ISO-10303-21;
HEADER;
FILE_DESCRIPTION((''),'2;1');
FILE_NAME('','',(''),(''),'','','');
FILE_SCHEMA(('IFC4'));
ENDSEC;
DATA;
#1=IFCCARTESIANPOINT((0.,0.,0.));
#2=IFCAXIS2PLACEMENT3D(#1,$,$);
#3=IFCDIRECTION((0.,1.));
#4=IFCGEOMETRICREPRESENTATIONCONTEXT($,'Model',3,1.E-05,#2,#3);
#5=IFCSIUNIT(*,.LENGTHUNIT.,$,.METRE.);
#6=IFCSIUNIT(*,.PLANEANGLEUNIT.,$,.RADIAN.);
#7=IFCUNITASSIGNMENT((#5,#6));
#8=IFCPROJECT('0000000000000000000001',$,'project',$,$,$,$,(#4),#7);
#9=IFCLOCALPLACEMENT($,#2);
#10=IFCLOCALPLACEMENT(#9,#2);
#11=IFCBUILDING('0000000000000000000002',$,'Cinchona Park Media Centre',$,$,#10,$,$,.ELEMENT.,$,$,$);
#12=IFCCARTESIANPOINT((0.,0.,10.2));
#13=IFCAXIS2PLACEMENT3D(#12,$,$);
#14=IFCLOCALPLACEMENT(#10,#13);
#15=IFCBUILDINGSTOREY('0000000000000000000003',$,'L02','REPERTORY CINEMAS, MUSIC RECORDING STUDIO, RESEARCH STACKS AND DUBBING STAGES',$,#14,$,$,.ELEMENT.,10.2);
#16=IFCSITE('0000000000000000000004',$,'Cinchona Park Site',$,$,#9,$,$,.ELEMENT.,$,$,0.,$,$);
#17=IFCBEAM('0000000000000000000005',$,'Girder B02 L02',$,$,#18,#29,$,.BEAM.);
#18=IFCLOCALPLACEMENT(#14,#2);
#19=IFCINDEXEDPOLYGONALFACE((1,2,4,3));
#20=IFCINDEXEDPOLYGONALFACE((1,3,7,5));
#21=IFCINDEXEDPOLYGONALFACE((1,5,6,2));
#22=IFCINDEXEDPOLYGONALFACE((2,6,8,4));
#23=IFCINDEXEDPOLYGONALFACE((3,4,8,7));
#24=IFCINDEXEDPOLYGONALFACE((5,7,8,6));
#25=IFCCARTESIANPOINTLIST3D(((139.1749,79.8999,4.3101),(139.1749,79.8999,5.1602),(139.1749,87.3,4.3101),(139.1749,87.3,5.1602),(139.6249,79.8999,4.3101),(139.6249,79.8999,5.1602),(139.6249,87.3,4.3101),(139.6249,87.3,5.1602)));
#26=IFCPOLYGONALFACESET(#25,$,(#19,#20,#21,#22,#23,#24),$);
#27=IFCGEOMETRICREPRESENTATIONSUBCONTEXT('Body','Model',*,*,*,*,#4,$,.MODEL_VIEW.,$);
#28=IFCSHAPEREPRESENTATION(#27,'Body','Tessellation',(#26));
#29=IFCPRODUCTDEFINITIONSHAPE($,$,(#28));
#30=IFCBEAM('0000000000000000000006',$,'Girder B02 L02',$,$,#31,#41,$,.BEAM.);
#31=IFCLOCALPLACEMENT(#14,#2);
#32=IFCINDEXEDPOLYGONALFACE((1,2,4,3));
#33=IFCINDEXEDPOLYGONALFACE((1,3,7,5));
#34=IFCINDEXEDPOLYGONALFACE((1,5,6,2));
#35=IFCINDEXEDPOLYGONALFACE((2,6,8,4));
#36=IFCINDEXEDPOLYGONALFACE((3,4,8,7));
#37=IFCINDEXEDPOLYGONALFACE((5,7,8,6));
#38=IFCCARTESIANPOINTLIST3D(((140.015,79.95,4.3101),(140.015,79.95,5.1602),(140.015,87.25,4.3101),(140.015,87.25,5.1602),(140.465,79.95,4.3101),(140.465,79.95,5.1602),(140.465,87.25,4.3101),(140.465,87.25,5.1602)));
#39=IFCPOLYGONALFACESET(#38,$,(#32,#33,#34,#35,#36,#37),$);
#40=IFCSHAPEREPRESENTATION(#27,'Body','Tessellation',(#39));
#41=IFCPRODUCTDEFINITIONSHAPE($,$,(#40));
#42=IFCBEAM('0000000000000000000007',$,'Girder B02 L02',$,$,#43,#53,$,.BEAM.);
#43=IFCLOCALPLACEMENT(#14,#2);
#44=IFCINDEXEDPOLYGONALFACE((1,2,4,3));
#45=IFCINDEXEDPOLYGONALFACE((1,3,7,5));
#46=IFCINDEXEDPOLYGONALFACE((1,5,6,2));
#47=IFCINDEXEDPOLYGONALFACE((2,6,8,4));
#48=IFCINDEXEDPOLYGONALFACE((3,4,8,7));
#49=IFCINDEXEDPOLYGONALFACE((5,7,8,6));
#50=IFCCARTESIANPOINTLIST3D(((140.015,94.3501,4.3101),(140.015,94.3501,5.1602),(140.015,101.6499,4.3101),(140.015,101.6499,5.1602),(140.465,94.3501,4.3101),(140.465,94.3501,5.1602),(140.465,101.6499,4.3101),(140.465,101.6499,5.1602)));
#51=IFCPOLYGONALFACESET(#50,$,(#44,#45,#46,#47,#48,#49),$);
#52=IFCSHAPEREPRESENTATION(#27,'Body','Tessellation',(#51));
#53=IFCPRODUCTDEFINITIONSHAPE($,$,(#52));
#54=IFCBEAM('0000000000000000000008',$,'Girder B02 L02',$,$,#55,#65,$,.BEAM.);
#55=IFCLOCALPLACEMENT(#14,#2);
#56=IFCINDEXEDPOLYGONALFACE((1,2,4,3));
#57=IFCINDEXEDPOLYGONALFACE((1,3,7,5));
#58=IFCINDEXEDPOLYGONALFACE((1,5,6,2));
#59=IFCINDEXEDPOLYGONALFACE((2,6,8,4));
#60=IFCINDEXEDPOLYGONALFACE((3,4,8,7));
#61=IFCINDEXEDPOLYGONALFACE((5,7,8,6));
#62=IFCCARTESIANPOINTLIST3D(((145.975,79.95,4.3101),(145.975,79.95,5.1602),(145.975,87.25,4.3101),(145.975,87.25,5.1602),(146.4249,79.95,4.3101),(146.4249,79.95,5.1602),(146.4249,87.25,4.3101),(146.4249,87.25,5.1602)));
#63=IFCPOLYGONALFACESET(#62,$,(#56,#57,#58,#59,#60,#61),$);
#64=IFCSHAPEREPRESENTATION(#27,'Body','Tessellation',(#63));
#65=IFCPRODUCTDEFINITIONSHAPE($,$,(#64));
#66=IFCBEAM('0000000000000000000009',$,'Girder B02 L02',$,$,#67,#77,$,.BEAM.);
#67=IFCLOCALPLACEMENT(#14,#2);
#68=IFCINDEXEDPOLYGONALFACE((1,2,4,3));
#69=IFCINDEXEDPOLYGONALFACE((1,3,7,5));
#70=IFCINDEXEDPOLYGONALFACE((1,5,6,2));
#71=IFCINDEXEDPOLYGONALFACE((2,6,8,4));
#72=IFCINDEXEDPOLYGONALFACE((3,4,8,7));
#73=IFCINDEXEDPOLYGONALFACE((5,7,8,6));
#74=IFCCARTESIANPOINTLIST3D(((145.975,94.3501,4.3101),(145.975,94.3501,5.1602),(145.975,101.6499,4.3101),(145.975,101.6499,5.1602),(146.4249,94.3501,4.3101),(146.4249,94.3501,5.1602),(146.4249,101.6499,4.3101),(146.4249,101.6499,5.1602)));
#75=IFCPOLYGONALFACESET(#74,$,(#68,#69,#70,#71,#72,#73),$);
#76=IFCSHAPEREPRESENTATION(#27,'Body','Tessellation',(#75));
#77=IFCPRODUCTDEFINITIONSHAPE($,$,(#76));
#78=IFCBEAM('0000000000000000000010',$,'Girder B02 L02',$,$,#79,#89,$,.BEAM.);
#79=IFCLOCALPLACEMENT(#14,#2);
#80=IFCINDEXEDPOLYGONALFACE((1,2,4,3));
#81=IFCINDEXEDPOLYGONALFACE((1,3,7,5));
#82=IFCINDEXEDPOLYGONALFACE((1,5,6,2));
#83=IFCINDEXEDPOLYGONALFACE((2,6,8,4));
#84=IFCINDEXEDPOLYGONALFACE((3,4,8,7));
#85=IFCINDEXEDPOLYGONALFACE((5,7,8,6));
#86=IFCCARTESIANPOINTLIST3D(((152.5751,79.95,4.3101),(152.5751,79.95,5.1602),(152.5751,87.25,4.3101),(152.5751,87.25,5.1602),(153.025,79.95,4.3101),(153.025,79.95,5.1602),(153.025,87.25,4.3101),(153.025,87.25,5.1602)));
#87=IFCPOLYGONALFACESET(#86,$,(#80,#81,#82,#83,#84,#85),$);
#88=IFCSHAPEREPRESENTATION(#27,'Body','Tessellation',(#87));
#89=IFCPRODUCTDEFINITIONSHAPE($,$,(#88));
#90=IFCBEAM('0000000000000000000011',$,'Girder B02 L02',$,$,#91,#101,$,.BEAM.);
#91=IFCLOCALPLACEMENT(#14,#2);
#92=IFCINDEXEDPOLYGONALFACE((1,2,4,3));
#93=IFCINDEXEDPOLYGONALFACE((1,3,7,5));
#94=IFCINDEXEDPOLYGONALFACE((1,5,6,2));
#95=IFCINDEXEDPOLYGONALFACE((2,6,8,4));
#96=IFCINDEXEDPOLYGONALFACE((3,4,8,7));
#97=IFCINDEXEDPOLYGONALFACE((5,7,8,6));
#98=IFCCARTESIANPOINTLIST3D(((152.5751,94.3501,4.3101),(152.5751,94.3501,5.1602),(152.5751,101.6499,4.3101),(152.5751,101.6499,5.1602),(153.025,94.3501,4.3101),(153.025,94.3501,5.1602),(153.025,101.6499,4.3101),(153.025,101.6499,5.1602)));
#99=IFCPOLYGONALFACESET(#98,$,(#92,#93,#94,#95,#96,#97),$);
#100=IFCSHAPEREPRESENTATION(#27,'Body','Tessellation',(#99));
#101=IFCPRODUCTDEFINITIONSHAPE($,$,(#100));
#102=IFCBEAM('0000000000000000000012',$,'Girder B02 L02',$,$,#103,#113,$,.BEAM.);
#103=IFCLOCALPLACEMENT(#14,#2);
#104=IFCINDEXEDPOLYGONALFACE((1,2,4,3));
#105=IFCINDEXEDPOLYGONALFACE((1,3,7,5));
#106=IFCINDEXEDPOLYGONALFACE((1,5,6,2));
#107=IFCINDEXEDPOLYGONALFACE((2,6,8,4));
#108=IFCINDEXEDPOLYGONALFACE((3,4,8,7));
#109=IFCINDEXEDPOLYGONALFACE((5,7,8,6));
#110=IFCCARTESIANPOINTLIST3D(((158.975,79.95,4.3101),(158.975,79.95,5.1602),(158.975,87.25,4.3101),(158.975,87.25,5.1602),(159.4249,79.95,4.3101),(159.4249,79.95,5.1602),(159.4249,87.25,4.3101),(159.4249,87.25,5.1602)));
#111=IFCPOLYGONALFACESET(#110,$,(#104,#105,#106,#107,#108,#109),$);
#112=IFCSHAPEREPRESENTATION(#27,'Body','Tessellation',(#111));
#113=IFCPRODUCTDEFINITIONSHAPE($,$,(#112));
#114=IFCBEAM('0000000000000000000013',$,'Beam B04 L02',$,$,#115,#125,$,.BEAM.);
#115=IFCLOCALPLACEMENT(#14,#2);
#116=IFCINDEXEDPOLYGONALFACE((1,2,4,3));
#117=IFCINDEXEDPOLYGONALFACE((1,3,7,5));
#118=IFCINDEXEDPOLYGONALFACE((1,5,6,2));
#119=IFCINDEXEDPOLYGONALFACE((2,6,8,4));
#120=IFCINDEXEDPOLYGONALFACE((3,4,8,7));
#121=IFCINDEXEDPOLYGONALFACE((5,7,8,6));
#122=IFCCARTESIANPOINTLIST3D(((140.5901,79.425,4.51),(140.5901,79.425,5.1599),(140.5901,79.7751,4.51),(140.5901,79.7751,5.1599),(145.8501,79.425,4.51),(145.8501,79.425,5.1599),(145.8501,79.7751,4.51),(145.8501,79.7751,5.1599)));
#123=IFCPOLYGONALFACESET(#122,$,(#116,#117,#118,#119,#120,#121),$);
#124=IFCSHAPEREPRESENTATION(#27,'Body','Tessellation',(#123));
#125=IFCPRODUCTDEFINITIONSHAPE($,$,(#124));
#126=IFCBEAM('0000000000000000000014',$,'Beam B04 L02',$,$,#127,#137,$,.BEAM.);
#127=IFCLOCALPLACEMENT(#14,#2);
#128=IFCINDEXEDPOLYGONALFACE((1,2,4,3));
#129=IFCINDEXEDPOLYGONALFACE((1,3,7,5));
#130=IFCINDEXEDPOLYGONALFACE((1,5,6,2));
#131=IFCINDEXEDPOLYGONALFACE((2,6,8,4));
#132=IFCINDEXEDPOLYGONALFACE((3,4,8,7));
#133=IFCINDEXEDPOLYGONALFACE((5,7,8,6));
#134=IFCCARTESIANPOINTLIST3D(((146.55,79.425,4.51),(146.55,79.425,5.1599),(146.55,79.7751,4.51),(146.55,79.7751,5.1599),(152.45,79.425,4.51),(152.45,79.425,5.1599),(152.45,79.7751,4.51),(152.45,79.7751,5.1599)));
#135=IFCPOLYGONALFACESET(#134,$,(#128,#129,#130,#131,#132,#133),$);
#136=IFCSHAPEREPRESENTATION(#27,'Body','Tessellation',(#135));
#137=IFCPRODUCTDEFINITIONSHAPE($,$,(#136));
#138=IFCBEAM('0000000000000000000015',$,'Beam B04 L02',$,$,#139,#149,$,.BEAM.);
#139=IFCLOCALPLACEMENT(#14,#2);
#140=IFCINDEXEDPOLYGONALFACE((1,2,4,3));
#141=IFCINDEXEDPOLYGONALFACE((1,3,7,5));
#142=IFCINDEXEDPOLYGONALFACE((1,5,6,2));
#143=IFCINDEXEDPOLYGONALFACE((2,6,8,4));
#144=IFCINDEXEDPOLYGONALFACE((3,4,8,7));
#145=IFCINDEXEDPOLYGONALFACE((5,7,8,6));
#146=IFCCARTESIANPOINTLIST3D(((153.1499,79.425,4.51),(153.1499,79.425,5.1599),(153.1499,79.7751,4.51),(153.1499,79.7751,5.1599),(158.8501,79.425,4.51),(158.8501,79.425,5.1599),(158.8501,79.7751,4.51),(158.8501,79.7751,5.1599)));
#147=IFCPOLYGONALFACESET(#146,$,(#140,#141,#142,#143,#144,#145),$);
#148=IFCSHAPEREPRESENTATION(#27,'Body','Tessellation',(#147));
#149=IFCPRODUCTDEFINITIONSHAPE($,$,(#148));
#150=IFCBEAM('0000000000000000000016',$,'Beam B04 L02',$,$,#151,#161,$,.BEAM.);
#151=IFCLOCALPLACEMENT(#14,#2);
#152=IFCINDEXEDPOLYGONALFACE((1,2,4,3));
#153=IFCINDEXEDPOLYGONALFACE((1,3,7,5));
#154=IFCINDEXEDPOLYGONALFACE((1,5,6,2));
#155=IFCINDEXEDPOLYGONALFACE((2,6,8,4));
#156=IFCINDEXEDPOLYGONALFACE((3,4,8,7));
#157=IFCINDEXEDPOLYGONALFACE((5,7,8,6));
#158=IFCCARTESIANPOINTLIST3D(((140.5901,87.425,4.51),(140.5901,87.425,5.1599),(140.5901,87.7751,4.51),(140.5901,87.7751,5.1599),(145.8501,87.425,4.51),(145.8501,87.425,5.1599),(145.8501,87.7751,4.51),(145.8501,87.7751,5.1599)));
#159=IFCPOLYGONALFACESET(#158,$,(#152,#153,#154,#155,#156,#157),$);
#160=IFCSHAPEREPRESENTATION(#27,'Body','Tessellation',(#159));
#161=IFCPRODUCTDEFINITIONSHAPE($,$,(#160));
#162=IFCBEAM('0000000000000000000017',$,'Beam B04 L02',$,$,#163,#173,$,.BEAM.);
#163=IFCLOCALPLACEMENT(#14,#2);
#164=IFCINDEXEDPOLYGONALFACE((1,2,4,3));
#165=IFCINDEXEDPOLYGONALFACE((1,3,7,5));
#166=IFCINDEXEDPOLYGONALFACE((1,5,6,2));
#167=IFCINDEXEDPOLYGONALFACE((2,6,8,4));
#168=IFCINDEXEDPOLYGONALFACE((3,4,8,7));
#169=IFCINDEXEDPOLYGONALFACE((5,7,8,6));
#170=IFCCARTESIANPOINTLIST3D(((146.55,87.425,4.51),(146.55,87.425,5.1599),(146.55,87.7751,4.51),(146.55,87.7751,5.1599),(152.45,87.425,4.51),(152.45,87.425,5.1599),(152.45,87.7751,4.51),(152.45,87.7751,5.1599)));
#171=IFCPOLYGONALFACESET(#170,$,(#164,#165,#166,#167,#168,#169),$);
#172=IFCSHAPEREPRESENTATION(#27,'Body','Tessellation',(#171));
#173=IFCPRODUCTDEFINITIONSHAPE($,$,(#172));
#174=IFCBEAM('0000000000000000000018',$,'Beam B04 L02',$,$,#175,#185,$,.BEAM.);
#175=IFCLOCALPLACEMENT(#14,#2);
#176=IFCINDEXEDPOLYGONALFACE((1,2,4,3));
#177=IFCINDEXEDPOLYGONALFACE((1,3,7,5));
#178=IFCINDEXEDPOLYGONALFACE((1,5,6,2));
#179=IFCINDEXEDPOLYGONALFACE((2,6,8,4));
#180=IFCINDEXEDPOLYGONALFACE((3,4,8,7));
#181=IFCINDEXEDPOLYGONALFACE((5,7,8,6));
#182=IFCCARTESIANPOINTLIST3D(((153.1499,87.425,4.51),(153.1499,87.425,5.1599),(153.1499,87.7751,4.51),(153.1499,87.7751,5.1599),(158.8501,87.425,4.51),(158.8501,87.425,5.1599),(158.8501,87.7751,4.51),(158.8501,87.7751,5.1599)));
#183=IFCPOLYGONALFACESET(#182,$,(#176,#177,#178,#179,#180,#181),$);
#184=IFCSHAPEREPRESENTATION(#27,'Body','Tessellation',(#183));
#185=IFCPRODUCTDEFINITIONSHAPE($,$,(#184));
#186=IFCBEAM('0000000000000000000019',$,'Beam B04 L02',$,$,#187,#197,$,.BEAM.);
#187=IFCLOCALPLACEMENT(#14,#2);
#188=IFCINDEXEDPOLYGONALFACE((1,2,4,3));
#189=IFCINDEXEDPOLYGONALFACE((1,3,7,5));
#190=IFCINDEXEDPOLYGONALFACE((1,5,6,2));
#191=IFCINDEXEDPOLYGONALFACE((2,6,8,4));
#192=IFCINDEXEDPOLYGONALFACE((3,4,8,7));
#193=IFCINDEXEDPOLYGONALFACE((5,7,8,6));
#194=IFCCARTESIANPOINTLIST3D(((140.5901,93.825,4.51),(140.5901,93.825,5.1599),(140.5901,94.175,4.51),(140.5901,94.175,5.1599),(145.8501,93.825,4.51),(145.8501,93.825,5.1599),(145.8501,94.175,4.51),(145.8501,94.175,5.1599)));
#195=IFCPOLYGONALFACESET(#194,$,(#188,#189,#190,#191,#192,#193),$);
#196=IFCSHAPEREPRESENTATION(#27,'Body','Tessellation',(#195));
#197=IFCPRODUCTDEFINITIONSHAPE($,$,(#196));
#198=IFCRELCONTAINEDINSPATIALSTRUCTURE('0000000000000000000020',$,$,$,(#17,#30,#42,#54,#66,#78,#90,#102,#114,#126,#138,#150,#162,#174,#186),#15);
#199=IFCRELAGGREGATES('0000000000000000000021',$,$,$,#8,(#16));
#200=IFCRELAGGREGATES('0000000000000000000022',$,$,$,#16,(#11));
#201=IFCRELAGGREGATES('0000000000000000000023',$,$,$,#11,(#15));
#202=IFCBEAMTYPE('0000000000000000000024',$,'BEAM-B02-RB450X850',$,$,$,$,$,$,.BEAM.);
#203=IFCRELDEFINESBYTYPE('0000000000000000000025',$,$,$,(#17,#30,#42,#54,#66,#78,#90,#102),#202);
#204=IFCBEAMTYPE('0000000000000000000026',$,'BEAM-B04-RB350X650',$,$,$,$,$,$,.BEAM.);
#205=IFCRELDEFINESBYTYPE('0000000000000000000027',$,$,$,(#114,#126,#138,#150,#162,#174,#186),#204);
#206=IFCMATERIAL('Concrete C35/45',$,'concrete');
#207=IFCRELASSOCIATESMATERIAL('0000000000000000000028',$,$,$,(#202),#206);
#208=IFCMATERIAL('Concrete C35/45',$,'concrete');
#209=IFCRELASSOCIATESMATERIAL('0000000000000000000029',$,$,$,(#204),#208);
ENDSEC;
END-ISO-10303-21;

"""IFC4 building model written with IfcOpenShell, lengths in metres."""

from ifc_helpers import new_model, si_unit, direction, frame, origin, origin_2d, place, context, subcontext, project, spatial, rectangle, extrude, material, material_profile, profile_set, type_object, element, save


model = new_model("IFC4")

# Units and contexts
model_context = context("Model", 3, precision=1e-05, world=origin(), true_north=direction((0.0, 1.0)))
body_context = subcontext(model_context, "Body", "Model", "MODEL_VIEW")
ifc_project = project(units=[si_unit("LENGTHUNIT", "METRE"), si_unit("PLANEANGLEUNIT", "RADIAN")], contexts=[model_context])

# Site, building, storey
site_placement = place(None, origin())
site = spatial("IfcSite", under=ifc_project, at=site_placement, Name="Cinchona Park Site", CompositionType="ELEMENT", RefElevation=0.0)
building_placement = place(site_placement, origin())
building = spatial("IfcBuilding", under=site, at=building_placement, Name="Cinchona Park Media Centre", CompositionType="ELEMENT")
storey_placement = place(building_placement, frame((0.0, 0.0, 10.2)))
storey = spatial("IfcBuildingStorey", under=building, at=storey_placement, Name="L02", Description="REPERTORY CINEMAS, MUSIC RECORDING STUDIO, RESEARCH STACKS AND DUBBING STAGES", CompositionType="ELEMENT", Elevation=10.2)

# Beams
ifc_material_1 = material(Name="Concrete C35/45", Category="concrete")
ifc_material_profile_1 = material_profile(ifc_material_1, rectangle(XDim=0.45, YDim=0.8501, at=origin_2d()), Name="RB 450X850")
ifc_profile_set_1 = profile_set([ifc_material_profile_1], Name="Concrete C35/45")
beam_type_1 = type_object("IfcBeamType", Name="BEAM-B02-RB450X850", PredefinedType="BEAM", material=ifc_profile_set_1)
beam_1_placement = place(storey_placement, frame((139.3999, 79.8999, 4.7351), z_axis=(0.0, 1.0, 0.0), x_axis=(-1.0, 0.0, 0.0)))
element("IfcBeam", 1, at=beam_1_placement, inside=storey, type_object=beam_type_1, Name="Girder B02 L02", PredefinedType="BEAM", context=body_context, shape_type="SweptSolid", body=[
    extrude(rectangle(XDim=0.45, YDim=0.8501, at=origin_2d()), origin(), (0.0, 0.0, 1.0), 7.4001),
])
beam_2_placement = place(storey_placement, frame((140.24, 79.95, 4.7351), z_axis=(0.0, 1.0, 0.0), x_axis=(-1.0, 0.0, 0.0)))
element("IfcBeam", 2, at=beam_2_placement, inside=storey, type_object=beam_type_1, Name="Girder B02 L02", PredefinedType="BEAM", context=body_context, shape_type="SweptSolid", body=[
    extrude(rectangle(XDim=0.45, YDim=0.8501, at=origin_2d()), origin(), (0.0, 0.0, 1.0), 7.3),
])
beam_3_placement = place(storey_placement, frame((140.24, 94.3501, 4.7351), z_axis=(0.0, 1.0, 0.0), x_axis=(-1.0, 0.0, 0.0)))
element("IfcBeam", 3, at=beam_3_placement, inside=storey, type_object=beam_type_1, Name="Girder B02 L02", PredefinedType="BEAM", context=body_context, shape_type="SweptSolid", body=[
    extrude(rectangle(XDim=0.45, YDim=0.8501, at=origin_2d()), origin(), (0.0, 0.0, 1.0), 7.2998),
])
beam_4_placement = place(storey_placement, frame((146.2, 79.95, 4.7351), z_axis=(0.0, 1.0, 0.0), x_axis=(-1.0, 0.0, 0.0)))
element("IfcBeam", 4, at=beam_4_placement, inside=storey, type_object=beam_type_1, Name="Girder B02 L02", PredefinedType="BEAM", context=body_context, shape_type="SweptSolid", body=[
    extrude(rectangle(XDim=0.45, YDim=0.8501, at=origin_2d()), origin(), (0.0, 0.0, 1.0), 7.3),
])
beam_5_placement = place(storey_placement, frame((146.2, 94.3501, 4.7351), z_axis=(0.0, 1.0, 0.0), x_axis=(-1.0, 0.0, 0.0)))
element("IfcBeam", 5, at=beam_5_placement, inside=storey, type_object=beam_type_1, Name="Girder B02 L02", PredefinedType="BEAM", context=body_context, shape_type="SweptSolid", body=[
    extrude(rectangle(XDim=0.45, YDim=0.8501, at=origin_2d()), origin(), (0.0, 0.0, 1.0), 7.2998),
])
beam_6_placement = place(storey_placement, frame((152.8, 79.95, 4.7351), z_axis=(0.0, 1.0, 0.0), x_axis=(-1.0, 0.0, 0.0)))
element("IfcBeam", 6, at=beam_6_placement, inside=storey, type_object=beam_type_1, Name="Girder B02 L02", PredefinedType="BEAM", context=body_context, shape_type="SweptSolid", body=[
    extrude(rectangle(XDim=0.45, YDim=0.8501, at=origin_2d()), origin(), (0.0, 0.0, 1.0), 7.3),
])
beam_7_placement = place(storey_placement, frame((152.8, 94.3501, 4.7351), z_axis=(0.0, 1.0, 0.0), x_axis=(-1.0, 0.0, 0.0)))
element("IfcBeam", 7, at=beam_7_placement, inside=storey, type_object=beam_type_1, Name="Girder B02 L02", PredefinedType="BEAM", context=body_context, shape_type="SweptSolid", body=[
    extrude(rectangle(XDim=0.45, YDim=0.8501, at=origin_2d()), origin(), (0.0, 0.0, 1.0), 7.2998),
])
beam_8_placement = place(storey_placement, frame((159.2, 79.95, 4.7351), z_axis=(0.0, 1.0, 0.0), x_axis=(-1.0, 0.0, 0.0)))
element("IfcBeam", 8, at=beam_8_placement, inside=storey, type_object=beam_type_1, Name="Girder B02 L02", PredefinedType="BEAM", context=body_context, shape_type="SweptSolid", body=[
    extrude(rectangle(XDim=0.45, YDim=0.8501, at=origin_2d()), origin(), (0.0, 0.0, 1.0), 7.3),
])
ifc_material_2 = material(Name="Concrete C35/45", Category="concrete")
ifc_material_profile_2 = material_profile(ifc_material_2, rectangle(XDim=0.3501, YDim=0.6499, at=origin_2d()), Name="RB 350X650")
ifc_profile_set_2 = profile_set([ifc_material_profile_2], Name="Concrete C35/45")
beam_type_2 = type_object("IfcBeamType", Name="BEAM-B04-RB350X650", PredefinedType="BEAM", material=ifc_profile_set_2)
beam_9_placement = place(storey_placement, frame((140.5901, 79.6001, 4.835), z_axis=(1.0, 0.0, 0.0), x_axis=(0.0, 1.0, 0.0)))
element("IfcBeam", 9, at=beam_9_placement, inside=storey, type_object=beam_type_2, Name="Beam B04 L02", PredefinedType="BEAM", context=body_context, shape_type="SweptSolid", body=[
    extrude(rectangle(XDim=0.3501, YDim=0.6499, at=origin_2d()), origin(), (0.0, 0.0, 1.0), 5.26),
])
beam_10_placement = place(storey_placement, frame((146.55, 79.6001, 4.835), z_axis=(1.0, 0.0, 0.0), x_axis=(0.0, 1.0, 0.0)))
element("IfcBeam", 10, at=beam_10_placement, inside=storey, type_object=beam_type_2, Name="Beam B04 L02", PredefinedType="BEAM", context=body_context, shape_type="SweptSolid", body=[
    extrude(rectangle(XDim=0.3501, YDim=0.6499, at=origin_2d()), origin(), (0.0, 0.0, 1.0), 5.8999),
])
beam_11_placement = place(storey_placement, frame((153.1499, 79.6001, 4.835), z_axis=(1.0, 0.0, 0.0), x_axis=(0.0, 1.0, 0.0)))
element("IfcBeam", 11, at=beam_11_placement, inside=storey, type_object=beam_type_2, Name="Beam B04 L02", PredefinedType="BEAM", context=body_context, shape_type="SweptSolid", body=[
    extrude(rectangle(XDim=0.3501, YDim=0.6499, at=origin_2d()), origin(), (0.0, 0.0, 1.0), 5.7002),
])
beam_12_placement = place(storey_placement, frame((140.5901, 87.6001, 4.835), z_axis=(1.0, 0.0, 0.0), x_axis=(0.0, 1.0, 0.0)))
element("IfcBeam", 12, at=beam_12_placement, inside=storey, type_object=beam_type_2, Name="Beam B04 L02", PredefinedType="BEAM", context=body_context, shape_type="SweptSolid", body=[
    extrude(rectangle(XDim=0.3501, YDim=0.6499, at=origin_2d()), origin(), (0.0, 0.0, 1.0), 5.26),
])
beam_13_placement = place(storey_placement, frame((146.55, 87.6001, 4.835), z_axis=(1.0, 0.0, 0.0), x_axis=(0.0, 1.0, 0.0)))
element("IfcBeam", 13, at=beam_13_placement, inside=storey, type_object=beam_type_2, Name="Beam B04 L02", PredefinedType="BEAM", context=body_context, shape_type="SweptSolid", body=[
    extrude(rectangle(XDim=0.3501, YDim=0.6499, at=origin_2d()), origin(), (0.0, 0.0, 1.0), 5.8999),
])
beam_14_placement = place(storey_placement, frame((153.1499, 87.6001, 4.835), z_axis=(1.0, 0.0, 0.0), x_axis=(0.0, 1.0, 0.0)))
element("IfcBeam", 14, at=beam_14_placement, inside=storey, type_object=beam_type_2, Name="Beam B04 L02", PredefinedType="BEAM", context=body_context, shape_type="SweptSolid", body=[
    extrude(rectangle(XDim=0.3501, YDim=0.6499, at=origin_2d()), origin(), (0.0, 0.0, 1.0), 5.7002),
])
beam_15_placement = place(storey_placement, frame((140.5901, 94.0, 4.835), z_axis=(1.0, 0.0, 0.0), x_axis=(0.0, 1.0, 0.0)))
element("IfcBeam", 15, at=beam_15_placement, inside=storey, type_object=beam_type_2, Name="Beam B04 L02", PredefinedType="BEAM", context=body_context, shape_type="SweptSolid", body=[
    extrude(rectangle(XDim=0.3501, YDim=0.6499, at=origin_2d()), origin(), (0.0, 0.0, 1.0), 5.26),
])

save(model, "model.ifc")
